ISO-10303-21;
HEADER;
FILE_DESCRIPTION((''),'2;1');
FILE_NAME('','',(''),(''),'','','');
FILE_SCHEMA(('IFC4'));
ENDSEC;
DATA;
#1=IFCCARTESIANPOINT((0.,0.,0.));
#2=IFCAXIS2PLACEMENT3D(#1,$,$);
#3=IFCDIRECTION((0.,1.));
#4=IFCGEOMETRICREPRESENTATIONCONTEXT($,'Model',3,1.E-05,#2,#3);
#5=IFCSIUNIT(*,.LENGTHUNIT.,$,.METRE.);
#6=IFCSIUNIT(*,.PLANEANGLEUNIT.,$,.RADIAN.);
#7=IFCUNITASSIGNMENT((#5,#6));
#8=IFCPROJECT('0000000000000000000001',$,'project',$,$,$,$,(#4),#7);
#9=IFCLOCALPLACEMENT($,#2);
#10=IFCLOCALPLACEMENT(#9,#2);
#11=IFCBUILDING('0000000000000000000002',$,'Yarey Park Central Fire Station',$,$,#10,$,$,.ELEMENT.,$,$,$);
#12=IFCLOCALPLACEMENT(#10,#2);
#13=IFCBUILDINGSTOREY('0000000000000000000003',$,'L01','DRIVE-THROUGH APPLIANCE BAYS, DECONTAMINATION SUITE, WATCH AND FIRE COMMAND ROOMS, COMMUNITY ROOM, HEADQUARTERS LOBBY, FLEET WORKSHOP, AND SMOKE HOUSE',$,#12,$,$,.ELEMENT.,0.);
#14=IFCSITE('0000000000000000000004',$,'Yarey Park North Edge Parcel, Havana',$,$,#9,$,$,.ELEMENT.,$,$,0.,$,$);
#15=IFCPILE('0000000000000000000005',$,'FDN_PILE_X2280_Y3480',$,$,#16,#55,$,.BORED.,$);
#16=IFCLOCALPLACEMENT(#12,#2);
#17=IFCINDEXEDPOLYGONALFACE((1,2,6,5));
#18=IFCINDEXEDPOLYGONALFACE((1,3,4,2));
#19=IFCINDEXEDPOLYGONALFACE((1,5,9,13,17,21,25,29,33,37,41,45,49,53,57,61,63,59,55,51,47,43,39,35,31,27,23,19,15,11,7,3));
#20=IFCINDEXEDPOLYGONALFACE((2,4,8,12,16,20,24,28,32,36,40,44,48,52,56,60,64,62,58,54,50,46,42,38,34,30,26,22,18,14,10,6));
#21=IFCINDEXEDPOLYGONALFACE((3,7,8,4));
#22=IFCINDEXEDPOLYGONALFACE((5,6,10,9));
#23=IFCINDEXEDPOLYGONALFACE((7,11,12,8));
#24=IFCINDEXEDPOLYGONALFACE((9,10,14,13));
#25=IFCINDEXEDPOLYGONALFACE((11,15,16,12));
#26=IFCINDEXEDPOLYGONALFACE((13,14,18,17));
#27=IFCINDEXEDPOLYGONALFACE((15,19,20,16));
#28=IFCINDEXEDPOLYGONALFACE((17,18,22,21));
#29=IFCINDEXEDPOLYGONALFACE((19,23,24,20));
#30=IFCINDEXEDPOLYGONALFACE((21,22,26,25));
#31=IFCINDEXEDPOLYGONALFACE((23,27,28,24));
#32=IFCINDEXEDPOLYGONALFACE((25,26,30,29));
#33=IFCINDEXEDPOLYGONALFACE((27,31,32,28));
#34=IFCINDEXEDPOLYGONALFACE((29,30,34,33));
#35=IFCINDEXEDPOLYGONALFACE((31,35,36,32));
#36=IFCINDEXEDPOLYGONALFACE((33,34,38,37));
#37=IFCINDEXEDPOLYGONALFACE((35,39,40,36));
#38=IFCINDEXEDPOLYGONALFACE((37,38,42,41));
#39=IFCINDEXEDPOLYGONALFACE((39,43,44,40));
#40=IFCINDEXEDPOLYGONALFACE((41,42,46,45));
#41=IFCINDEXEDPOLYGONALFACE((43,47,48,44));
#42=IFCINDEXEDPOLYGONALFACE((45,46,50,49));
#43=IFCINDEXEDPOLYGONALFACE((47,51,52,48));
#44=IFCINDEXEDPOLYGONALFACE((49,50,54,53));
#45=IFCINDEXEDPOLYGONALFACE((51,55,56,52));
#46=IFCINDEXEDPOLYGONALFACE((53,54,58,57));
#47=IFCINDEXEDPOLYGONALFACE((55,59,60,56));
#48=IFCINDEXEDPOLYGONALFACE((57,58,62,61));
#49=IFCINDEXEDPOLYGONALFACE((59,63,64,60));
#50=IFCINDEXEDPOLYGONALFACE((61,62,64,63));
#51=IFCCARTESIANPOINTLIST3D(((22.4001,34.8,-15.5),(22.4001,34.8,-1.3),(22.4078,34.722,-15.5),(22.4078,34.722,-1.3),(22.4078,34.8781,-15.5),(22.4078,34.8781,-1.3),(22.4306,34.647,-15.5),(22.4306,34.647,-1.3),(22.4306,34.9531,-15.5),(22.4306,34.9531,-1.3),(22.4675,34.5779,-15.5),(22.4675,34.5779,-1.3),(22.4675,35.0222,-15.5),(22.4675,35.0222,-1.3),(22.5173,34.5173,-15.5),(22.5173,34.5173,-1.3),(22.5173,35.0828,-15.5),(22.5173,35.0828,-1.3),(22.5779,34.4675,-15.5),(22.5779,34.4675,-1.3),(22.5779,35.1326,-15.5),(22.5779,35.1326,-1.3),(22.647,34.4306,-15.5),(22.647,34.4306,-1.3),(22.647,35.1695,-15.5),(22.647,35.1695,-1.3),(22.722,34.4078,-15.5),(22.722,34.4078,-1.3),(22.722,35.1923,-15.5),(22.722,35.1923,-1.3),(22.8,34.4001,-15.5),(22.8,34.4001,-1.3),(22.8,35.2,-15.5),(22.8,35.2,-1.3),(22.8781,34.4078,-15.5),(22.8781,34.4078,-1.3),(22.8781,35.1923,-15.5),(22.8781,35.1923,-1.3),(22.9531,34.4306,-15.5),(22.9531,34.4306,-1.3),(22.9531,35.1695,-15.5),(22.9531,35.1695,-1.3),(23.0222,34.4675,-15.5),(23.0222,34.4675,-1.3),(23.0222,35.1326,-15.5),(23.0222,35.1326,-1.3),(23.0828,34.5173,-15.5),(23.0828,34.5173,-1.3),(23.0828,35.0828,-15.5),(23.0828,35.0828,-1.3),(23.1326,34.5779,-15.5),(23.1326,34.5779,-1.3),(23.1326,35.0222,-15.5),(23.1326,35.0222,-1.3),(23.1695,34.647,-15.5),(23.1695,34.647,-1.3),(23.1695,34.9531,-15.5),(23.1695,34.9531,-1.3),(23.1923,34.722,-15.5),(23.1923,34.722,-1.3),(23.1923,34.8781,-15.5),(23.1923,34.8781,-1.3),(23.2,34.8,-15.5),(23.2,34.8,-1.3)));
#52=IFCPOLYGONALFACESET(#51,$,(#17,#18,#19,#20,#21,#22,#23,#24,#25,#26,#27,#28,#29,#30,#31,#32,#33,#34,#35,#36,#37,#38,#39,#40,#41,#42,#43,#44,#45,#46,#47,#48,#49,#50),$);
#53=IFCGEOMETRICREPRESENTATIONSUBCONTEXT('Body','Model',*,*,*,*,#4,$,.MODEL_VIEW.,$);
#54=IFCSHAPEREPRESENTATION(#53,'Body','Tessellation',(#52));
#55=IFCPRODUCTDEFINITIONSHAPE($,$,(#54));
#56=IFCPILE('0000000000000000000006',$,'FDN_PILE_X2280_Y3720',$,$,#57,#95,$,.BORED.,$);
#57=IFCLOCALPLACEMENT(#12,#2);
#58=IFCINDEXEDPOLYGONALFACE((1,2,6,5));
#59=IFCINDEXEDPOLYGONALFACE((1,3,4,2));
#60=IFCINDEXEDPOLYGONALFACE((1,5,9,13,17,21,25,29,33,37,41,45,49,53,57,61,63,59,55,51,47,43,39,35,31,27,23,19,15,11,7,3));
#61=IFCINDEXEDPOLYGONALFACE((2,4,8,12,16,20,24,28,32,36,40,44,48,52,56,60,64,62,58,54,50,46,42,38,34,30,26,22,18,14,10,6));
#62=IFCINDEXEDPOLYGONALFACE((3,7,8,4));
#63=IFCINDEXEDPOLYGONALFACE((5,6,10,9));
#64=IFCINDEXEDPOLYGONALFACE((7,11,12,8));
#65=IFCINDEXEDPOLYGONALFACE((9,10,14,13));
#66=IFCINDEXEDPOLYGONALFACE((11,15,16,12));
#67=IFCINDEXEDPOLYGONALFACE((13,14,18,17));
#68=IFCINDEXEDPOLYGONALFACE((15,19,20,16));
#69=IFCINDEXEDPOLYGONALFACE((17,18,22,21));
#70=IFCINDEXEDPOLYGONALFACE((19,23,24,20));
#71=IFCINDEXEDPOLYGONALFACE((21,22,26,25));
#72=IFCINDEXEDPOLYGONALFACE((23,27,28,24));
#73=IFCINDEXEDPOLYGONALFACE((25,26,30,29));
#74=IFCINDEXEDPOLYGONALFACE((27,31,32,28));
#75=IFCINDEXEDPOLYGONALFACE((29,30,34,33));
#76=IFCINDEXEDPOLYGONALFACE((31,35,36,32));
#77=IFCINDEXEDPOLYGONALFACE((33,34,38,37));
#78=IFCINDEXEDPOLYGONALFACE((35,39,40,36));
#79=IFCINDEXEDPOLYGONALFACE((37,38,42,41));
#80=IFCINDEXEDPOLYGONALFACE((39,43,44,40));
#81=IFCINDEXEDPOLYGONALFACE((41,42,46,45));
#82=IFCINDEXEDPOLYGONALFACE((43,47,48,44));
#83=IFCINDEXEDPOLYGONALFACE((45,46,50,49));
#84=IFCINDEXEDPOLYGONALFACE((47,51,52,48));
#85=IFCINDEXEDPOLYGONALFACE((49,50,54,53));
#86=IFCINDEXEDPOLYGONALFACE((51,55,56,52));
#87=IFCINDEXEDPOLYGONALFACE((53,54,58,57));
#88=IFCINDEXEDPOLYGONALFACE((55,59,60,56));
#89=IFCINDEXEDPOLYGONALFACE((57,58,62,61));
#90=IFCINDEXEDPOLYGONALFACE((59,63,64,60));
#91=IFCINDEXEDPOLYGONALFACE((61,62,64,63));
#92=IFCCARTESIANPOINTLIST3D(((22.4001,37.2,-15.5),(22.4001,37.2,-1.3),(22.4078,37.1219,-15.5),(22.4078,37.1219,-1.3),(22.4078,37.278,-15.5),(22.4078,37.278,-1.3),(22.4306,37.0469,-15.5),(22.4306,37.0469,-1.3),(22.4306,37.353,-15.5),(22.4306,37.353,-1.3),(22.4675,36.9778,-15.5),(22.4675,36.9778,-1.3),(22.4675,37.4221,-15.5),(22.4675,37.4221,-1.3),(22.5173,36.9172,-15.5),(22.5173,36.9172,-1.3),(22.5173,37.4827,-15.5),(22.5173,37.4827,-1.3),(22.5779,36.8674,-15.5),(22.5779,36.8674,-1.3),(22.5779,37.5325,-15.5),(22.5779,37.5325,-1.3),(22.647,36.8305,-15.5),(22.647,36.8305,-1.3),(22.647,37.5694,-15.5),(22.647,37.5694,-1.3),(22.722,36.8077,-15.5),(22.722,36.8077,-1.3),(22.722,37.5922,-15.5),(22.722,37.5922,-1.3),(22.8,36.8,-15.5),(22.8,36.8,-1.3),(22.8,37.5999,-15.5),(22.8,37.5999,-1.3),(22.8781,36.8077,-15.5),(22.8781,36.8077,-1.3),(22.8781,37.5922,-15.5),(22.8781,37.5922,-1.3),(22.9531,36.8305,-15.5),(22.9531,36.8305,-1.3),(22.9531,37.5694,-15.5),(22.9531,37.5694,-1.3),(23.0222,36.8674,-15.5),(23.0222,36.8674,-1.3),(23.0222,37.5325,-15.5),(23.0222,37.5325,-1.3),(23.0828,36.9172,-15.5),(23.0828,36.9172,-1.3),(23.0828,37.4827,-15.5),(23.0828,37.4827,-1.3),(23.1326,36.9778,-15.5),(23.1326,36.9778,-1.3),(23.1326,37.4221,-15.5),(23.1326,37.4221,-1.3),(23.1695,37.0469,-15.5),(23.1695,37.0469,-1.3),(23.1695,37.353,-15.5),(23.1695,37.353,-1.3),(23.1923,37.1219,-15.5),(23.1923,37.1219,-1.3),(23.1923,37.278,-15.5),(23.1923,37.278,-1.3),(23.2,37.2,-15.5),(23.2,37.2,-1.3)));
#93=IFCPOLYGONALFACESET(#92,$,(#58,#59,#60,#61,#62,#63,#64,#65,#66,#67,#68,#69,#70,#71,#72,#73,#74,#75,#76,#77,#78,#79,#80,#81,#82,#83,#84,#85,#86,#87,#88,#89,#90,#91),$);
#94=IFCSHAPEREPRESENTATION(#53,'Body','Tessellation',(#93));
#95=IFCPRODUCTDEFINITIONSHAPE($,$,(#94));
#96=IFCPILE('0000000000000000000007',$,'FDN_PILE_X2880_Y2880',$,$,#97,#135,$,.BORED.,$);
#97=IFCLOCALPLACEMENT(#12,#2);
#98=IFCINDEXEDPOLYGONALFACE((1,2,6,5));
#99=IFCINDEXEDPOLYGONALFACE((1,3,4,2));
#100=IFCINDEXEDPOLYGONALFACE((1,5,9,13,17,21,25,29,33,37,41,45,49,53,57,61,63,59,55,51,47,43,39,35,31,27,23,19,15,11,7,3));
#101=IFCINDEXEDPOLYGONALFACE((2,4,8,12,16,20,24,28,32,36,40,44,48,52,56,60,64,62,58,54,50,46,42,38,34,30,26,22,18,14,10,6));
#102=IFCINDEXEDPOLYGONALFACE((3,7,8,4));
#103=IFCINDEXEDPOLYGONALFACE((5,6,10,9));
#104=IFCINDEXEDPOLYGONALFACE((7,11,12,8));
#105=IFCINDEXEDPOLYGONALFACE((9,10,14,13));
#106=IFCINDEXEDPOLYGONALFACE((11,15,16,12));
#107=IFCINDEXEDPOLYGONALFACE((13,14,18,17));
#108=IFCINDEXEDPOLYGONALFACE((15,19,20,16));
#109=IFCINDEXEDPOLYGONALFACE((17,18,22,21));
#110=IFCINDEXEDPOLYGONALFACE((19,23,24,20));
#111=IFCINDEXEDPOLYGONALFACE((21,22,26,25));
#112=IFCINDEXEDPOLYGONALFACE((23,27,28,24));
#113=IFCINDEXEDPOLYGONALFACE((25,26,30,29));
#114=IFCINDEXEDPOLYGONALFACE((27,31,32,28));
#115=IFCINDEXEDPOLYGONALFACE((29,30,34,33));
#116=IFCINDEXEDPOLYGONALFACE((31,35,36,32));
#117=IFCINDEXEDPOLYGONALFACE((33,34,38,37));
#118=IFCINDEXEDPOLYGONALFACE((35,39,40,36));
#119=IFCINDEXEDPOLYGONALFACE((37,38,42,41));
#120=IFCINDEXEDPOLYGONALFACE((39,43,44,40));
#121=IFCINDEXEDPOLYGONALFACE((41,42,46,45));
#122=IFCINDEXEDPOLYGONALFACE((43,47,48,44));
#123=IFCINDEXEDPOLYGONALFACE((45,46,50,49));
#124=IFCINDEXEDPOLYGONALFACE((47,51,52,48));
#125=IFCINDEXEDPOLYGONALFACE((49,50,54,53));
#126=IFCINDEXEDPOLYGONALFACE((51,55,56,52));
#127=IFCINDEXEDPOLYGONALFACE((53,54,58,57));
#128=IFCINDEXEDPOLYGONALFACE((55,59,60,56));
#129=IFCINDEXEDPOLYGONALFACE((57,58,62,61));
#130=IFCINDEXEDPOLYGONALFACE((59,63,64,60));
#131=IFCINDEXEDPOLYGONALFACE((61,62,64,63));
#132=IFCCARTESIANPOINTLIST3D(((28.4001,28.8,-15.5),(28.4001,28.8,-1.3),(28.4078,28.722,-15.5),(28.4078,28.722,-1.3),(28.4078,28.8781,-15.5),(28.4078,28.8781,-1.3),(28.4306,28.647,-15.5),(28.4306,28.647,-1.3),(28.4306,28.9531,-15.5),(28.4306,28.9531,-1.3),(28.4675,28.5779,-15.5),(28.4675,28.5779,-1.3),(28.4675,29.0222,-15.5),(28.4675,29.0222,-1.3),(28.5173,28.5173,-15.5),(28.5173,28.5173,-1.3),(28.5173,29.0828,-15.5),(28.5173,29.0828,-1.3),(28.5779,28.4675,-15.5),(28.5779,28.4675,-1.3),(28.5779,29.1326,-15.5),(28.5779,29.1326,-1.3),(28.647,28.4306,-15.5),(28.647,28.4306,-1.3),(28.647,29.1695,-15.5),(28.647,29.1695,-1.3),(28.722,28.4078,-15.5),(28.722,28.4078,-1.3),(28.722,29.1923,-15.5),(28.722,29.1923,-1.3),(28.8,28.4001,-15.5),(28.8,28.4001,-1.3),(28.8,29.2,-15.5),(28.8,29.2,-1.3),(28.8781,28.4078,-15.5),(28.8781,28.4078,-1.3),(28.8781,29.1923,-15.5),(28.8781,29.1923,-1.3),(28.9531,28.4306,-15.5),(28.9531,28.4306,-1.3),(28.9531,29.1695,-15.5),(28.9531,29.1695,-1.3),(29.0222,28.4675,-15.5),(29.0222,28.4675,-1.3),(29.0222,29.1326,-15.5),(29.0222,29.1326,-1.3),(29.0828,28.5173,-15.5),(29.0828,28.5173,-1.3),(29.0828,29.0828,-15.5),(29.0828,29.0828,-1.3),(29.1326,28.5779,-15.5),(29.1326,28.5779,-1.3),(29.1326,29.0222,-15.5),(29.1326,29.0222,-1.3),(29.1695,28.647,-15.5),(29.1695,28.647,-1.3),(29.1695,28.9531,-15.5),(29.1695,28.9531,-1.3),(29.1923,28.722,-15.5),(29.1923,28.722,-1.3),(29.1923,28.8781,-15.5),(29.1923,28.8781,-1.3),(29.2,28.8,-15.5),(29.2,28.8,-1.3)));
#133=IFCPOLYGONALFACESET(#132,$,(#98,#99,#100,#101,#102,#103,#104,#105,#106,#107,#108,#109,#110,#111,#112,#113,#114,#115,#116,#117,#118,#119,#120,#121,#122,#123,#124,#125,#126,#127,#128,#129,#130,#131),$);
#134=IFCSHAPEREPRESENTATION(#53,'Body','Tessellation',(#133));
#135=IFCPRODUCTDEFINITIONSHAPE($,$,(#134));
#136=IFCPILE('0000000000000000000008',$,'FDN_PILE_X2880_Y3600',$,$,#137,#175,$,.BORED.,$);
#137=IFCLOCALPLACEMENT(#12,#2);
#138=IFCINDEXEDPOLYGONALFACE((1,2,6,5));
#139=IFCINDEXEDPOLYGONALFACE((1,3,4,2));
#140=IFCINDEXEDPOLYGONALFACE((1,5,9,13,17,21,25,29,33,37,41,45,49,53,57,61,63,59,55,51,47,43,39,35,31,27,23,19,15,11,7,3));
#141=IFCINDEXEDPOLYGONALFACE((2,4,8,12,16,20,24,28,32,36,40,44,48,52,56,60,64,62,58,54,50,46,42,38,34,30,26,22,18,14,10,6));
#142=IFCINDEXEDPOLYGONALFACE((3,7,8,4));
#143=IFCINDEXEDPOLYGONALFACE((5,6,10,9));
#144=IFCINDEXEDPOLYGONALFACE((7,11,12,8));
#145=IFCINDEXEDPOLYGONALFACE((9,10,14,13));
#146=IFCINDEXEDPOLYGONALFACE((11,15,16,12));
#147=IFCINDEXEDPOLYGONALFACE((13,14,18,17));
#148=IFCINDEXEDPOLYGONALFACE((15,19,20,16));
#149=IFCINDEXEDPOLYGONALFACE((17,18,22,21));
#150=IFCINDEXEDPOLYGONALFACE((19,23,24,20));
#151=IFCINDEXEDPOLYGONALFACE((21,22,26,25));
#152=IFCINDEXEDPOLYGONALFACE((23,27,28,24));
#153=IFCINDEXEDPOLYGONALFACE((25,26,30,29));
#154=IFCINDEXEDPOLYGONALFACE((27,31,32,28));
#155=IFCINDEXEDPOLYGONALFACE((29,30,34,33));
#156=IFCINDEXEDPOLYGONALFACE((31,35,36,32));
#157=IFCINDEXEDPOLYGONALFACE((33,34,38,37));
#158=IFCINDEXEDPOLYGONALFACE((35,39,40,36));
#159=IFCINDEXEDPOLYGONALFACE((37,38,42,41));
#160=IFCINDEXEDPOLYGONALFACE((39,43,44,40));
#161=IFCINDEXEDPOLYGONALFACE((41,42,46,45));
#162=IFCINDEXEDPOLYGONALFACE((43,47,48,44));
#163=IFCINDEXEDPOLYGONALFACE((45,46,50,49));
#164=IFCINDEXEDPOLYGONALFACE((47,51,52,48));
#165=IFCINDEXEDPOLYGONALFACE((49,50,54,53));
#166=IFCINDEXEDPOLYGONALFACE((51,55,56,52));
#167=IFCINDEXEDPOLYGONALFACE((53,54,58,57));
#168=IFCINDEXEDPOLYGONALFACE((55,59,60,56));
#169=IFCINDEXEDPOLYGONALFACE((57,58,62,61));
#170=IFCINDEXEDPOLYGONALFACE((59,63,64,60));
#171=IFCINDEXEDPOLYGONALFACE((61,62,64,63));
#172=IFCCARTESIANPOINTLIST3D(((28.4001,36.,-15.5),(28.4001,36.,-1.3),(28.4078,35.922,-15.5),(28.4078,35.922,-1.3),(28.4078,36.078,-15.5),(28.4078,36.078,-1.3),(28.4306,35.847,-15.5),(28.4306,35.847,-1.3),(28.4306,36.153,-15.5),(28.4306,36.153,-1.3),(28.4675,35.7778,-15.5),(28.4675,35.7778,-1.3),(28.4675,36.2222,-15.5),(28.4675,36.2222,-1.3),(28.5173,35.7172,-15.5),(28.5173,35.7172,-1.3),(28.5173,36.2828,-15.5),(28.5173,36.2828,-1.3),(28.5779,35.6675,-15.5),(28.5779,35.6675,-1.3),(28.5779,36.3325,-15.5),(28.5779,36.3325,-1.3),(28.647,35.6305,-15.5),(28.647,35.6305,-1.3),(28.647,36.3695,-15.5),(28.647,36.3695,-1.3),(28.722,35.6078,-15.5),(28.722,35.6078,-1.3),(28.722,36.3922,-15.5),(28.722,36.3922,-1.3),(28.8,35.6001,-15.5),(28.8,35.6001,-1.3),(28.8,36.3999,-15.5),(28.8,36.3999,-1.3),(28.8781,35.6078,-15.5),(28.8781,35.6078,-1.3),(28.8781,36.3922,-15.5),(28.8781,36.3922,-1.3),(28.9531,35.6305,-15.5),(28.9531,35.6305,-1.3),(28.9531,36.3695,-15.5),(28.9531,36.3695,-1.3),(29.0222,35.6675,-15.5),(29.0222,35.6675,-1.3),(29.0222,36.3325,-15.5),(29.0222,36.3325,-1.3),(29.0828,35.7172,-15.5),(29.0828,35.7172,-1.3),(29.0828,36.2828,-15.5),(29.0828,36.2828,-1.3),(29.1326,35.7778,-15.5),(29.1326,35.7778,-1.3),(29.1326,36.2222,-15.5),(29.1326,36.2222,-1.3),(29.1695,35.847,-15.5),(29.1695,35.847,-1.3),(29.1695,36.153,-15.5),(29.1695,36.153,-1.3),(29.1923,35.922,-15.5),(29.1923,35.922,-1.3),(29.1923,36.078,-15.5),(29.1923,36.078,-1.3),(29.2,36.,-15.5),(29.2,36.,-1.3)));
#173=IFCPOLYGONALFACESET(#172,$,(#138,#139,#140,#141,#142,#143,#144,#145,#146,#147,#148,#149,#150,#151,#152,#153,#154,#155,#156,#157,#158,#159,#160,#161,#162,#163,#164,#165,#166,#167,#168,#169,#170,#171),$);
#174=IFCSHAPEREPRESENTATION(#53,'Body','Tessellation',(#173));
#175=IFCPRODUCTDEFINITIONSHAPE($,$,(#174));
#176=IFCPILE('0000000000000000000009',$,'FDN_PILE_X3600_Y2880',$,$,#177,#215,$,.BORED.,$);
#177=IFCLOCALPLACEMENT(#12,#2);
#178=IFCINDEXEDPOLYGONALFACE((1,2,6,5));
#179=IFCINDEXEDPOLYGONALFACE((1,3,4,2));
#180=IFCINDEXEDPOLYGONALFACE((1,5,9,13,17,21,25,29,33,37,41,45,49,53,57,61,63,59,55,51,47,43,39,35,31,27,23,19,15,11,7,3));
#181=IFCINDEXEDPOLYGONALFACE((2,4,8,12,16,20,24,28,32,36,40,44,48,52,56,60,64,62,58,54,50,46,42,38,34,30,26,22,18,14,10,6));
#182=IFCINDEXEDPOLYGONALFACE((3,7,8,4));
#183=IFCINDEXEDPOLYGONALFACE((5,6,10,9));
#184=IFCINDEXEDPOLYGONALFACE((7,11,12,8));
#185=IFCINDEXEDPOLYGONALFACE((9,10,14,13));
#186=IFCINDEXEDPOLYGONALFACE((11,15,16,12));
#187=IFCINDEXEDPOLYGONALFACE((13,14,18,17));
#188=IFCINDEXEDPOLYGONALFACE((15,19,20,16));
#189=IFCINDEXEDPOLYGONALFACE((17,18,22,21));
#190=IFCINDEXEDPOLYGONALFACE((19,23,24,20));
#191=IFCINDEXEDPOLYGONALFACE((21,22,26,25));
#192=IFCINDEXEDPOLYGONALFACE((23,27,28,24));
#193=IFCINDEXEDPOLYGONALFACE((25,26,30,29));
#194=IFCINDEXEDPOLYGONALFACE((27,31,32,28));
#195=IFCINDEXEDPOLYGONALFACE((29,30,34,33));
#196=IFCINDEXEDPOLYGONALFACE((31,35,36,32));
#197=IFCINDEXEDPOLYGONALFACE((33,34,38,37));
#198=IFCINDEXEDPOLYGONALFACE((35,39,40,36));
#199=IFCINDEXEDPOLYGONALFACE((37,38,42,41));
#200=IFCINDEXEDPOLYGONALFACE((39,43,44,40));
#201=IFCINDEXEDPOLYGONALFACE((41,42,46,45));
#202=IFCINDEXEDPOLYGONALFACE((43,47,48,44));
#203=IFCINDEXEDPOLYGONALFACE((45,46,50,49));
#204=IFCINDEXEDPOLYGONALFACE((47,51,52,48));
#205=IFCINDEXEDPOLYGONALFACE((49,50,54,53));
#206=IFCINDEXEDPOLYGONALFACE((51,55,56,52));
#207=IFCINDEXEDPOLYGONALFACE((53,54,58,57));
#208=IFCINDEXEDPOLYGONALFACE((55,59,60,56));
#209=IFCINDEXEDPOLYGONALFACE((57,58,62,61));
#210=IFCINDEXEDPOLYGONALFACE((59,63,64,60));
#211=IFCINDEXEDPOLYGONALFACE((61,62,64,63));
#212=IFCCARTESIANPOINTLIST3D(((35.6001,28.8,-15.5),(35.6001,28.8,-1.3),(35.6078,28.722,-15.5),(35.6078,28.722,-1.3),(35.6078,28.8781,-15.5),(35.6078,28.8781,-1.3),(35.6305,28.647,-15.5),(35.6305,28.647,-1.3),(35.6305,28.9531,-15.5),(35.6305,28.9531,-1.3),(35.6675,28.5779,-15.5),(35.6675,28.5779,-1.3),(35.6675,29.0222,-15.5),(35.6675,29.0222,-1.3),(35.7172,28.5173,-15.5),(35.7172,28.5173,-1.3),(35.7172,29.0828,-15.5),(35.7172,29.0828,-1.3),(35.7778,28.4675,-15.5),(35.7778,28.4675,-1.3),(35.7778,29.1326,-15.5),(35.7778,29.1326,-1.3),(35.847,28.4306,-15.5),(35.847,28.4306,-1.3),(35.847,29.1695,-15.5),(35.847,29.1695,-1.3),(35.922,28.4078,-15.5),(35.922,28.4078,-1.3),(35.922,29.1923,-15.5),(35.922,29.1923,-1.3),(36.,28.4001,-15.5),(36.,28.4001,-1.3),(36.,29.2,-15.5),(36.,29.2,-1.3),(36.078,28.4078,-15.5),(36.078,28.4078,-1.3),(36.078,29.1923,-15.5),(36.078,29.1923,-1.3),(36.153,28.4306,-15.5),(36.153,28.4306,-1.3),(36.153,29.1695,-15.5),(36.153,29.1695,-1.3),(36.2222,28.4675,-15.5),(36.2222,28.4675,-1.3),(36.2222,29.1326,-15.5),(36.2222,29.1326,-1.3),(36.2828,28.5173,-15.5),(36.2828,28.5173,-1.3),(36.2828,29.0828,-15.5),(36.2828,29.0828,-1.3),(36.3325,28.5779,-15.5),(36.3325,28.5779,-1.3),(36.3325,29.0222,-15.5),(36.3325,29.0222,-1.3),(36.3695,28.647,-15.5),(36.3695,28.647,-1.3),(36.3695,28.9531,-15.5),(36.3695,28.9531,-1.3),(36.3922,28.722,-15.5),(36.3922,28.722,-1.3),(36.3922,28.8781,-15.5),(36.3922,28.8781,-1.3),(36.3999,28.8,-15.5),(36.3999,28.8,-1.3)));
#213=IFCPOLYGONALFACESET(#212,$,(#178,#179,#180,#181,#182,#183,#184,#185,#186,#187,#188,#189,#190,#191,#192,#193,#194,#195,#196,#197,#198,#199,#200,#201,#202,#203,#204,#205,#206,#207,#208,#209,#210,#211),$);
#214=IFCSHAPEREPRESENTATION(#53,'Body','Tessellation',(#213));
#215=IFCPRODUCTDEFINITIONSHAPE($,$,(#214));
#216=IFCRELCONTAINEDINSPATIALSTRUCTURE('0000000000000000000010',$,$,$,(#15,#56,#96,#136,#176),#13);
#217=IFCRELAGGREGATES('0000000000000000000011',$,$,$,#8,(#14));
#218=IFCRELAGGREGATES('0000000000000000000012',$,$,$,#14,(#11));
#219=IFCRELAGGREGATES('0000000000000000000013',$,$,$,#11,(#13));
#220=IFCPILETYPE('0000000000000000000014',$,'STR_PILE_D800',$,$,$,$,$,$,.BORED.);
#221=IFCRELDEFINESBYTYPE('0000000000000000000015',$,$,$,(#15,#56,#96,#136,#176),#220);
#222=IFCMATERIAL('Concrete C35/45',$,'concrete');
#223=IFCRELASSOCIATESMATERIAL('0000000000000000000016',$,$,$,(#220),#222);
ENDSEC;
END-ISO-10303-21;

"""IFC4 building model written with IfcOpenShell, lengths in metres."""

from ifc_helpers import new_model, si_unit, direction, frame, origin, origin_2d, place, context, subcontext, project, spatial, circle, extrude, material, material_profile, profile_set, type_object, element, save


model = new_model("IFC4")

# Units and contexts
model_context = context("Model", 3, precision=1e-05, world=origin(), true_north=direction((0.0, 1.0)))
body_context = subcontext(model_context, "Body", "Model", "MODEL_VIEW")
ifc_project = project(units=[si_unit("LENGTHUNIT", "METRE"), si_unit("PLANEANGLEUNIT", "RADIAN")], contexts=[model_context])

# Site, building, storey
site_placement = place(None, origin())
site = spatial("IfcSite", under=ifc_project, at=site_placement, Name="Yarey Park North Edge Parcel, Havana", CompositionType="ELEMENT", RefElevation=0.0)
building_placement = place(site_placement, origin())
building = spatial("IfcBuilding", under=site, at=building_placement, Name="Yarey Park Central Fire Station", CompositionType="ELEMENT")
storey_placement = place(building_placement, origin())
storey = spatial("IfcBuildingStorey", under=building, at=storey_placement, Name="L01", Description="DRIVE-THROUGH APPLIANCE BAYS, DECONTAMINATION SUITE, WATCH AND FIRE COMMAND ROOMS, COMMUNITY ROOM, HEADQUARTERS LOBBY, FLEET WORKSHOP, AND SMOKE HOUSE", CompositionType="ELEMENT", Elevation=0.0)

# Shared definitions
ifc_material_1 = material(Name="Concrete C35/45", Category="concrete")

# Piles
ifc_material_profile_1 = material_profile(ifc_material_1, circle(Radius=0.3999, at=origin_2d()), Name="BORED PILE D800")
ifc_profile_set_1 = profile_set([ifc_material_profile_1], Name="Concrete C35/45")
pile_type = type_object("IfcPileType", Name="STR_PILE_D800", PredefinedType="BORED", material=ifc_profile_set_1)
for number, where, z_axis, x_axis, name in (
    (1, (22.8, 34.8, -1.3), (0.0, 0.0, -1.0), (1.0, 0.0, 0.0), "FDN_PILE_X2280_Y3480"),
    (2, (22.8, 37.2, -1.3), (0.0, 0.0, -1.0), (1.0, 0.0, 0.0), "FDN_PILE_X2280_Y3720"),
    (3, (28.8, 28.8, -1.3), (0.0, 0.0, -1.0), (1.0, 0.0, 0.0), "FDN_PILE_X2880_Y2880"),
    (4, (28.8, 36.0, -1.3), (0.0, 0.0, -1.0), (1.0, 0.0, 0.0), "FDN_PILE_X2880_Y3600"),
    (5, (36.0, 28.8, -1.3), (0.0, 0.0, -1.0), (1.0, 0.0, 0.0), "FDN_PILE_X3600_Y2880"),
):
    element("IfcPile", number, at=place(storey_placement, frame(where, z_axis=z_axis, x_axis=x_axis)), inside=storey, type_object=pile_type, Name=name, PredefinedType="BORED", context=body_context, shape_type="SweptSolid", body=[
        extrude(circle(Radius=0.3999, at=origin_2d()), origin(), (0.0, 0.0, 1.0), 14.2),
    ])

save(model, "model.ifc")
